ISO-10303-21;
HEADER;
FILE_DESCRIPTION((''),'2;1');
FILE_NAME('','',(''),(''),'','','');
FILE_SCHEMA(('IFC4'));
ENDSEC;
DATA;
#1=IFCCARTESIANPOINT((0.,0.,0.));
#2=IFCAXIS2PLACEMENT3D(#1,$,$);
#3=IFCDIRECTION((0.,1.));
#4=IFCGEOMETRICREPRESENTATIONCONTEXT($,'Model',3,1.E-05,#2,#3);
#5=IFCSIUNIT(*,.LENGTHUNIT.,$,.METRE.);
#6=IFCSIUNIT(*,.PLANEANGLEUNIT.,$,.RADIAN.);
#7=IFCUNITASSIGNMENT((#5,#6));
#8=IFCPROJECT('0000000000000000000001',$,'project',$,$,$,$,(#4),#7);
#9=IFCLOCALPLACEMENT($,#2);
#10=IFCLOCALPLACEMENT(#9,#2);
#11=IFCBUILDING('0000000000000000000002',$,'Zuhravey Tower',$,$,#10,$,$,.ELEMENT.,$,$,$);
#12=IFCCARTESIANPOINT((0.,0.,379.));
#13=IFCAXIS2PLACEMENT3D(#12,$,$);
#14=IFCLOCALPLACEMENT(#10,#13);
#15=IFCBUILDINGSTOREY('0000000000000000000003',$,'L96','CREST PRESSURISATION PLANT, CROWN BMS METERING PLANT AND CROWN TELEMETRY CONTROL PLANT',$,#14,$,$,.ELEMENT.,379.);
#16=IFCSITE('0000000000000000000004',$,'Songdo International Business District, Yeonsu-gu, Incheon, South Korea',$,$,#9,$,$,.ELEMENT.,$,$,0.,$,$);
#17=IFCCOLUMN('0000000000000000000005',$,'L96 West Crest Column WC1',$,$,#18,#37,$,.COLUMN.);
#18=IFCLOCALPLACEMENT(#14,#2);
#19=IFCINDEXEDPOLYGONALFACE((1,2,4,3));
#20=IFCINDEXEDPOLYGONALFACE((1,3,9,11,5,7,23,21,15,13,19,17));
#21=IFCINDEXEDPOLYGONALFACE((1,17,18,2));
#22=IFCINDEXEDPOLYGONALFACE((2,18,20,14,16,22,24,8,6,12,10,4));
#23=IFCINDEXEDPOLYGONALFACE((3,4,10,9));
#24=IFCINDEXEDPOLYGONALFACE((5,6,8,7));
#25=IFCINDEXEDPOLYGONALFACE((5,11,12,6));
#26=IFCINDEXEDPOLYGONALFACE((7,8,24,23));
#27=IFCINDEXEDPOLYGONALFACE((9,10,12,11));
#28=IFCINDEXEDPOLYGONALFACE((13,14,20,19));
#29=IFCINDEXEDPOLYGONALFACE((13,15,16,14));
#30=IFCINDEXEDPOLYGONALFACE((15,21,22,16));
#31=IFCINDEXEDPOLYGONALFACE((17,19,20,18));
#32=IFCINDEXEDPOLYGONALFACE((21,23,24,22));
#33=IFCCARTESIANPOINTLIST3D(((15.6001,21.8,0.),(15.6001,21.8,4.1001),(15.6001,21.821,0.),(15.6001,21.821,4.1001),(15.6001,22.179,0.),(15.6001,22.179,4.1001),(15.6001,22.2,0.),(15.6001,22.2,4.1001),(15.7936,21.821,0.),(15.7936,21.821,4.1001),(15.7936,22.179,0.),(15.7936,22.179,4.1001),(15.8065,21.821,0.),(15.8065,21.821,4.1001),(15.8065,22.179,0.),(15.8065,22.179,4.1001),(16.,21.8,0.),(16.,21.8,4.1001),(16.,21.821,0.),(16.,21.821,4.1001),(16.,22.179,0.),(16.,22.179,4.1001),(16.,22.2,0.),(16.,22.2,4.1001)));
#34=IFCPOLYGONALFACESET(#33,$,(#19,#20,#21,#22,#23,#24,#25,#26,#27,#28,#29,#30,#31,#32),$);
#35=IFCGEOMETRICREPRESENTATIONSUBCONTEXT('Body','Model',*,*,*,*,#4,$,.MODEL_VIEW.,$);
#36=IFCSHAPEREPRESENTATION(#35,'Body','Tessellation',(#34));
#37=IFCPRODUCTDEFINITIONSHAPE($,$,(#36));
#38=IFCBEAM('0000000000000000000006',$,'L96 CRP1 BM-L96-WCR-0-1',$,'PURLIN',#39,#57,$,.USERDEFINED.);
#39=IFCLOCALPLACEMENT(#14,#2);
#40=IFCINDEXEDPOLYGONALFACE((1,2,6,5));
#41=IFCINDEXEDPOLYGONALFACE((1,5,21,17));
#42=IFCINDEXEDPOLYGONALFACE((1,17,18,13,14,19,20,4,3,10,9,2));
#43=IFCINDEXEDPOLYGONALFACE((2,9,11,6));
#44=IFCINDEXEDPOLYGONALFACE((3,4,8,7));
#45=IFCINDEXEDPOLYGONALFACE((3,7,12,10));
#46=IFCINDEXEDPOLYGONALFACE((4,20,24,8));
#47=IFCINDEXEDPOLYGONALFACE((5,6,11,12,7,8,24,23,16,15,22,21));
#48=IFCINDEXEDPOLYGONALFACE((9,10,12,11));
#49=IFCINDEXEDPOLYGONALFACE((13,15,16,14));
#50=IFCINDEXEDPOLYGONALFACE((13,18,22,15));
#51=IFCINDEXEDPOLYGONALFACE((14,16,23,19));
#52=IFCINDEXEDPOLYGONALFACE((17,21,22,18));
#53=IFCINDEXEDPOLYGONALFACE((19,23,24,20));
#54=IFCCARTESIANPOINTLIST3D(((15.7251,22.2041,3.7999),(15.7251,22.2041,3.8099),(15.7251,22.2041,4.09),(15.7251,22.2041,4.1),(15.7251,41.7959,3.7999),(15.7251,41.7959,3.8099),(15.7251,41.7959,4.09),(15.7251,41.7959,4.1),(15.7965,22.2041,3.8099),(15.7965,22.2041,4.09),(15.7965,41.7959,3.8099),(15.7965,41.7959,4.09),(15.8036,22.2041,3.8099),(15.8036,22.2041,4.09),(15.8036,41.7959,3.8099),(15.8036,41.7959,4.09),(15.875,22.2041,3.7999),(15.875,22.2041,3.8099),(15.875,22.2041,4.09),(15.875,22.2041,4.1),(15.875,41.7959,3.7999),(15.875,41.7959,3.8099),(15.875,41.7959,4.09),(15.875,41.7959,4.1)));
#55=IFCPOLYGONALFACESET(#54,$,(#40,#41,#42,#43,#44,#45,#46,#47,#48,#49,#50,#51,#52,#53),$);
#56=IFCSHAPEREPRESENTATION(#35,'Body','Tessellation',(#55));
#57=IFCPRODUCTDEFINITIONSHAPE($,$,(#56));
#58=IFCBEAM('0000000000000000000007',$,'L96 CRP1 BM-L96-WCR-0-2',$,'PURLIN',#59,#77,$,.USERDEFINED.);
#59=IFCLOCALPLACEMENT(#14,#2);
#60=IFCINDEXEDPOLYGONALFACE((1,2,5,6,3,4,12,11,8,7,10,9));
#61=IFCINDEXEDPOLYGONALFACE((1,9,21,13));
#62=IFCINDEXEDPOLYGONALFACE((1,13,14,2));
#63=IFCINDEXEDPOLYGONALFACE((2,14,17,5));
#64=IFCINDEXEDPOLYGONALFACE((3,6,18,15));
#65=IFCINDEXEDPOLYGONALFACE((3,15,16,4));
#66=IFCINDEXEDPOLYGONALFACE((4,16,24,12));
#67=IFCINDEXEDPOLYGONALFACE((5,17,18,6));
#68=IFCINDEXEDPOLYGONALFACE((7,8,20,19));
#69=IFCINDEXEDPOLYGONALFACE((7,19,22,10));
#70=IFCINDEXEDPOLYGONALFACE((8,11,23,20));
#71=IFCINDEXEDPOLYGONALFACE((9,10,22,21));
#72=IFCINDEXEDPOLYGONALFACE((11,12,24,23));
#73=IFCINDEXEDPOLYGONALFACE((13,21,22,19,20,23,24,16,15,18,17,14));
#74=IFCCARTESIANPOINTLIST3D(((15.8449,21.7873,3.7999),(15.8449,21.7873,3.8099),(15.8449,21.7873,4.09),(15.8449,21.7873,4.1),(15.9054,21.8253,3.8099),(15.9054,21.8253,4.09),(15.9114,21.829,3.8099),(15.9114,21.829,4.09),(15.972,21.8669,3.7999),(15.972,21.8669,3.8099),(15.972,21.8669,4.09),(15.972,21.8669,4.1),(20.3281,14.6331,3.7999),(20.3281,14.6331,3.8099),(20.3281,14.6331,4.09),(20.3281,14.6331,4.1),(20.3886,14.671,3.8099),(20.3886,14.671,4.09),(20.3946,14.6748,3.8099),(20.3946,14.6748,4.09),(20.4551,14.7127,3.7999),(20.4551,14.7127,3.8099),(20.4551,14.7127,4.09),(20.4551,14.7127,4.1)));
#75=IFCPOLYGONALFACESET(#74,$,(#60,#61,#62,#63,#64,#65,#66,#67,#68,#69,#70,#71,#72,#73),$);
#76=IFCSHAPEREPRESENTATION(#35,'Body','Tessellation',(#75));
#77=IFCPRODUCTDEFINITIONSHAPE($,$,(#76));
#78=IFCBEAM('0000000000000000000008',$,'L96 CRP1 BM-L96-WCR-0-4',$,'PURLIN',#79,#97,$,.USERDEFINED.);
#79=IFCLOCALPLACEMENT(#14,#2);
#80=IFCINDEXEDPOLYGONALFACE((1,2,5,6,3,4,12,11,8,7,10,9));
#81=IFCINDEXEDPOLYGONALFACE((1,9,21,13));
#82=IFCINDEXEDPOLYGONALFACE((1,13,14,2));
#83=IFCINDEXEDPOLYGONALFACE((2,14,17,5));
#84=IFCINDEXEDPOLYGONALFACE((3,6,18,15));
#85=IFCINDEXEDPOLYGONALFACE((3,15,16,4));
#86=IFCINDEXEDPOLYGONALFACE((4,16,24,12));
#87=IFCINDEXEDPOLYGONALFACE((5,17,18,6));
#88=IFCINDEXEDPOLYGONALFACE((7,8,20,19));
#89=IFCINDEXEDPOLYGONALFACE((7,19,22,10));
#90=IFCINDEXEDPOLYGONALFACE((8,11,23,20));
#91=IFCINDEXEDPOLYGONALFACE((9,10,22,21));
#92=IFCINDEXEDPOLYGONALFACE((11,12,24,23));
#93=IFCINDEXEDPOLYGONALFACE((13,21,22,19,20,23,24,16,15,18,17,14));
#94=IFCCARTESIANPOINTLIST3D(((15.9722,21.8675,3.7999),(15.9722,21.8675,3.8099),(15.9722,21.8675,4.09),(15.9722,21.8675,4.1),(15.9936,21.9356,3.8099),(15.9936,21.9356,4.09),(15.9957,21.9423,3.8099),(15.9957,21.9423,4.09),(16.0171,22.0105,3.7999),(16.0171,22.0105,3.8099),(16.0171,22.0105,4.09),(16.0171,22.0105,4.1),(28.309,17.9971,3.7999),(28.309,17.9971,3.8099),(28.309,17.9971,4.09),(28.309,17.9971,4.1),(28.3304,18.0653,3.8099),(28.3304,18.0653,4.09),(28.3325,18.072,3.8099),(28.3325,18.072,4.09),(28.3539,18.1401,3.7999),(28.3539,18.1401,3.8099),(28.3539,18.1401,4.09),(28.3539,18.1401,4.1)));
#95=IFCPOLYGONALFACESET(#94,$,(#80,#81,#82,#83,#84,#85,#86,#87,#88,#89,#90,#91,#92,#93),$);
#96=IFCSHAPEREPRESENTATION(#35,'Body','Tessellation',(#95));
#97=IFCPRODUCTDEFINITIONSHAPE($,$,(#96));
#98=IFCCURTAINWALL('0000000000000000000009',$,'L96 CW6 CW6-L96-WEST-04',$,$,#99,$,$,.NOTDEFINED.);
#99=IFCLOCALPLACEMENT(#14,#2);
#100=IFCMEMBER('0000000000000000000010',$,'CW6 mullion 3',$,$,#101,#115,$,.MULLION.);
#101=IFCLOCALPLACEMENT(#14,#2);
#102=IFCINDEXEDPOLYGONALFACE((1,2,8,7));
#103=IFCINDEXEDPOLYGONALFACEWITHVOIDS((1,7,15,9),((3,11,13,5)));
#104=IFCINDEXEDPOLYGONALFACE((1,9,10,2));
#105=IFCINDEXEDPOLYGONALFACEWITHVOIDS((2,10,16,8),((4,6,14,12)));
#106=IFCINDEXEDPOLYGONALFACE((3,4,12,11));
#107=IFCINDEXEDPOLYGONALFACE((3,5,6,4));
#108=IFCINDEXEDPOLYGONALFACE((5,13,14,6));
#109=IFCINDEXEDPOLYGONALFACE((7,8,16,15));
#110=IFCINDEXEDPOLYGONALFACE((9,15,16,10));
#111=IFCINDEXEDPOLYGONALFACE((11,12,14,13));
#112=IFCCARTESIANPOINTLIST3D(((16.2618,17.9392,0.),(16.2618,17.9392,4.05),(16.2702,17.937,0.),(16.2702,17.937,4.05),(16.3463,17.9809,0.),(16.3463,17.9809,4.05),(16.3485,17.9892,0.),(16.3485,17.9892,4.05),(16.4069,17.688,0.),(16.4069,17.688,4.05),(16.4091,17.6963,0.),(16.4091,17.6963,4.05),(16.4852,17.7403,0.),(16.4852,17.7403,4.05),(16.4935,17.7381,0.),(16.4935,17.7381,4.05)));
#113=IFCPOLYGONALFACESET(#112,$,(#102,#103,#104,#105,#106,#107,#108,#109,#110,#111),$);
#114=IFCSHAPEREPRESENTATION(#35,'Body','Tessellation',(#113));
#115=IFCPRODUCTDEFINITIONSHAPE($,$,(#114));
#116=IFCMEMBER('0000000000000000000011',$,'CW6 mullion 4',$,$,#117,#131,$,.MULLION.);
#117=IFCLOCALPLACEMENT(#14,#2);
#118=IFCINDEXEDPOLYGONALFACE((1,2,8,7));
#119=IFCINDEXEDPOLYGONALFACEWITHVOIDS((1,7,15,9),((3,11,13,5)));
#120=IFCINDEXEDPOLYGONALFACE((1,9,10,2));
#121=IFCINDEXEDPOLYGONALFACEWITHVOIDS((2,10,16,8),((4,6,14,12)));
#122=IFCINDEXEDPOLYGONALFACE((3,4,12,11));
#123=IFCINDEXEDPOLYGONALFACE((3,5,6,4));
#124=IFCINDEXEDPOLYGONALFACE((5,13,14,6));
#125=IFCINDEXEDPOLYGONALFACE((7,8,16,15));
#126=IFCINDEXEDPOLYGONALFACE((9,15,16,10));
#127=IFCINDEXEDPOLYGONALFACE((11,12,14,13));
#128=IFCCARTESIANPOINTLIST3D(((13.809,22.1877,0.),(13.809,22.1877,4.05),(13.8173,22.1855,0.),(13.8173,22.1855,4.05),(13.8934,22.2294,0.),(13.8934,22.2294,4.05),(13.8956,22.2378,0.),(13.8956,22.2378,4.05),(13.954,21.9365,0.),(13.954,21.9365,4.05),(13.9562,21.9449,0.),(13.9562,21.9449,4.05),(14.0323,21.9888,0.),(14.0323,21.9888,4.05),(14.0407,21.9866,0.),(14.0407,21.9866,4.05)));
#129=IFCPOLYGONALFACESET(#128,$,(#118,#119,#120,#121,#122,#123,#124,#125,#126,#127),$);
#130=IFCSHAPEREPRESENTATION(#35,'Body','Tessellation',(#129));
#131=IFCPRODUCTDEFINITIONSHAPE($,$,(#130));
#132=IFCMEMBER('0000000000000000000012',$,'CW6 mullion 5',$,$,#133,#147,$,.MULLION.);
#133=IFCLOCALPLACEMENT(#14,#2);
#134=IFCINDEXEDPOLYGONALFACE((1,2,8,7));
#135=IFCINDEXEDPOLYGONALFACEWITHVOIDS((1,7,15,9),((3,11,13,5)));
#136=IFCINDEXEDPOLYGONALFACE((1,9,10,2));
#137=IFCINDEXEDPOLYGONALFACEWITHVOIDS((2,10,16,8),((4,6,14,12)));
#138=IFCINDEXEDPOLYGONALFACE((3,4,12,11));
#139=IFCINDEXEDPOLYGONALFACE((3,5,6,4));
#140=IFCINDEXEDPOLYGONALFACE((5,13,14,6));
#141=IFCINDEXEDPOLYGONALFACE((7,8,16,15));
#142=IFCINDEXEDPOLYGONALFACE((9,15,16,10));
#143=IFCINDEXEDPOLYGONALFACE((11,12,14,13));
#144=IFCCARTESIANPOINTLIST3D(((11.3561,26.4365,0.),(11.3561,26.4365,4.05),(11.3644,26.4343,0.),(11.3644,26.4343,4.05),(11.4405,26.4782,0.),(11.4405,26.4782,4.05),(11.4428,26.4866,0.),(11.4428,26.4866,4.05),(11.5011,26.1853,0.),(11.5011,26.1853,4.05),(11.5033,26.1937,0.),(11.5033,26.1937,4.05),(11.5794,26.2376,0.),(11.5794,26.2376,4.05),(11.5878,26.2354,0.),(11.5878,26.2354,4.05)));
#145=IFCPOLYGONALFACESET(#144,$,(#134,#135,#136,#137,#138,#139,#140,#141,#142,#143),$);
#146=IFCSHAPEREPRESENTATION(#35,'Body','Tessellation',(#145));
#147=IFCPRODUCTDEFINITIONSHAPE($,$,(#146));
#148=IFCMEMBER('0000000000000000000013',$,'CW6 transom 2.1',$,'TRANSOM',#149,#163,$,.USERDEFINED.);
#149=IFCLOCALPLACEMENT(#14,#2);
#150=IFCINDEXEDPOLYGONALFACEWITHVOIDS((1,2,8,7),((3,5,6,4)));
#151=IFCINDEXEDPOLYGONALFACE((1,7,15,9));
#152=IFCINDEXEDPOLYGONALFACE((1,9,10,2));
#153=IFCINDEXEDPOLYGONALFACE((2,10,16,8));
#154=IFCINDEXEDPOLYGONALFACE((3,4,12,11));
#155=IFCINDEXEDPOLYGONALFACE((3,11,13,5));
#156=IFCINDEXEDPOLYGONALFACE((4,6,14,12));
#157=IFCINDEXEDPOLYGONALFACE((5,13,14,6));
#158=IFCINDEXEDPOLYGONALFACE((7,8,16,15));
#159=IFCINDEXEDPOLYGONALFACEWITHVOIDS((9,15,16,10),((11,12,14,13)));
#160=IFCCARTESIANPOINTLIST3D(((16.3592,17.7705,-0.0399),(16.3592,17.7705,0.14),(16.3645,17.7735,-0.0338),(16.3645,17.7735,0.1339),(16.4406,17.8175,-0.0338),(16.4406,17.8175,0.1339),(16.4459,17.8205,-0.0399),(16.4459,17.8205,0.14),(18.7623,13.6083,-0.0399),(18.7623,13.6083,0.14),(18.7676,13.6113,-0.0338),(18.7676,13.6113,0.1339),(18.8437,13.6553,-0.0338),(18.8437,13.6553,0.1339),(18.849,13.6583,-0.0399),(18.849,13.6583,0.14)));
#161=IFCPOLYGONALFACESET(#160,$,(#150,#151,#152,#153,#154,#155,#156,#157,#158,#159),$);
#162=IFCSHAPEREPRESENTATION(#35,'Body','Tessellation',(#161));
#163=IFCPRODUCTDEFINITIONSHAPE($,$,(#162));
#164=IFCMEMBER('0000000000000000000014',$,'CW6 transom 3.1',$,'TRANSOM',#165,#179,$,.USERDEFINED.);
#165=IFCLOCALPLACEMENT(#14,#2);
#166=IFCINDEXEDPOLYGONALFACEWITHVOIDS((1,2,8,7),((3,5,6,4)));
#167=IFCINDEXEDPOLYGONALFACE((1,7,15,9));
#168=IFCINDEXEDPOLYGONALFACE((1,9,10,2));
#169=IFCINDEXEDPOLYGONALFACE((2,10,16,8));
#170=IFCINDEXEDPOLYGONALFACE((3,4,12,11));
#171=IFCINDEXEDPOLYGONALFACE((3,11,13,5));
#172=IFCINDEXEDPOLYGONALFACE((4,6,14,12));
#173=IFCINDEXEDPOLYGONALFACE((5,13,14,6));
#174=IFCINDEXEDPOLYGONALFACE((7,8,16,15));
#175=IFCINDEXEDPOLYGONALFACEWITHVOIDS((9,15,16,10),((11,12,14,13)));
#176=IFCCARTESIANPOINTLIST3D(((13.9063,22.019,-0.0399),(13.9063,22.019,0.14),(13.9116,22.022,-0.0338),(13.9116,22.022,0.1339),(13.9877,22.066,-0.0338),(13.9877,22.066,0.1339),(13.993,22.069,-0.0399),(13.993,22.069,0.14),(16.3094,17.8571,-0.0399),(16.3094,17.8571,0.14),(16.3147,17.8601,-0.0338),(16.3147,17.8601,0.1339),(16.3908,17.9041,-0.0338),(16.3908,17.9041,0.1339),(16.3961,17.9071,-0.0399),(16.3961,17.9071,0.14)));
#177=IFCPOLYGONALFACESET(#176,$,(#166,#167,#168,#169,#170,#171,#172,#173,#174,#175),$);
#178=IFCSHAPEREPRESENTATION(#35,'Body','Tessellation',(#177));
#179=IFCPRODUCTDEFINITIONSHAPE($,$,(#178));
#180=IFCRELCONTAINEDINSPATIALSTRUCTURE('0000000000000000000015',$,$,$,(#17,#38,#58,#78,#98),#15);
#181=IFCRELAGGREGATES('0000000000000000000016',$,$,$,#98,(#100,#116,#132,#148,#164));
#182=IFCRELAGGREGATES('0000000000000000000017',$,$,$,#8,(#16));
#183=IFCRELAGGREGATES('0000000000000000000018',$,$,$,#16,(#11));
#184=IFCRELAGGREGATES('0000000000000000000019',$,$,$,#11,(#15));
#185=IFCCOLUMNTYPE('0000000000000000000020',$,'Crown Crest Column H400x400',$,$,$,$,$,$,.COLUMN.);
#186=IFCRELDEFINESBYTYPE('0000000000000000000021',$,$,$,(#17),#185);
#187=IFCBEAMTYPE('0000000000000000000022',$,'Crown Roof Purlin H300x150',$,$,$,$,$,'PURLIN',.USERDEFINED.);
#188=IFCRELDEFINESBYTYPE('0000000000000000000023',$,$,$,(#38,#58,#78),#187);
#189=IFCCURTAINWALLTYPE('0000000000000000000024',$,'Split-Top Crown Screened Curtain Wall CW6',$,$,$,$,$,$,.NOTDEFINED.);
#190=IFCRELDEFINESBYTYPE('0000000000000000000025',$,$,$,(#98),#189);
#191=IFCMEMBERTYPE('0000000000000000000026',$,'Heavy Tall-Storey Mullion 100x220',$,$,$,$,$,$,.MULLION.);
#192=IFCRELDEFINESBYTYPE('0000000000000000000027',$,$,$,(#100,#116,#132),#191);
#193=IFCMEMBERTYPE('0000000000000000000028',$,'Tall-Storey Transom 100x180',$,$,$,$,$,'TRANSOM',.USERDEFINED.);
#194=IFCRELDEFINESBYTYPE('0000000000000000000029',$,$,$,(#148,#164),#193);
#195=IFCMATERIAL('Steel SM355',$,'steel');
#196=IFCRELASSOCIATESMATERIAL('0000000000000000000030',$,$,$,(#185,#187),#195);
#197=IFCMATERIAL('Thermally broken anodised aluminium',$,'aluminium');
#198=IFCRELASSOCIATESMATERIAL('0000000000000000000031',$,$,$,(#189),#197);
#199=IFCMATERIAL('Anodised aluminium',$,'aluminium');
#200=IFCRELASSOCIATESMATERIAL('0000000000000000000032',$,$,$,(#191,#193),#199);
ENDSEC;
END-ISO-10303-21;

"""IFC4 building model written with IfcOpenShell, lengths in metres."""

from ifc_helpers import new_model, si_unit, direction, frame, origin, origin_2d, place, context, subcontext, project, spatial, hollow_rectangle, i_section, extrude, material, material_profile, profile_set, type_object, element, aggregate, save


model = new_model("IFC4")

# Units and contexts
model_context = context("Model", 3, precision=1e-05, world=origin(), true_north=direction((0.0, 1.0)))
body_context = subcontext(model_context, "Body", "Model", "MODEL_VIEW")
ifc_project = project(units=[si_unit("LENGTHUNIT", "METRE"), si_unit("PLANEANGLEUNIT", "RADIAN")], contexts=[model_context])

# Site, building, storey
site_placement = place(None, origin())
site = spatial("IfcSite", under=ifc_project, at=site_placement, Name="Songdo International Business District, Yeonsu-gu, Incheon, South Korea", CompositionType="ELEMENT", RefElevation=0.0)
building_placement = place(site_placement, origin())
building = spatial("IfcBuilding", under=site, at=building_placement, Name="Zuhravey Tower", CompositionType="ELEMENT")
storey_placement = place(building_placement, frame((0.0, 0.0, 379.0)))
storey = spatial("IfcBuildingStorey", under=building, at=storey_placement, Name="L96", Description="CREST PRESSURISATION PLANT, CROWN BMS METERING PLANT AND CROWN TELEMETRY CONTROL PLANT", CompositionType="ELEMENT", Elevation=379.0)

# Column
ifc_material_1 = material(Name="Steel SM355", Category="steel")
ifc_material_profile_1 = material_profile(ifc_material_1, i_section(OverallWidth=0.3999, OverallDepth=0.3999, WebThickness=0.0129, FlangeThickness=0.021, at=origin_2d()), Name="H-400x400x13x21")
ifc_profile_set_1 = profile_set([ifc_material_profile_1], Name="Steel SM355")
column_type = type_object("IfcColumnType", Name="Crown Crest Column H400x400", PredefinedType="COLUMN", material=ifc_profile_set_1)
column_placement = place(storey_placement, frame((15.8, 22.0, 0.0), z_axis=(0.0, 0.0, 1.0), x_axis=(1.0, 0.0, 0.0)))
element("IfcColumn", 1, at=column_placement, inside=storey, type_object=column_type, Name="L96 West Crest Column WC1", PredefinedType="COLUMN", context=body_context, shape_type="SweptSolid", body=[
    extrude(i_section(OverallWidth=0.3999, OverallDepth=0.3999, WebThickness=0.0129, FlangeThickness=0.021, at=origin_2d()), origin(), (0.0, 0.0, 1.0), 4.1001),
])

# Beams
ifc_material_profile_2 = material_profile(ifc_material_1, i_section(OverallWidth=0.1499, OverallDepth=0.3, WebThickness=0.0071, FlangeThickness=0.01, at=origin_2d()), Name="H-300x150x7x10")
ifc_profile_set_2 = profile_set([ifc_material_profile_2], Name="Steel SM355")
beam_type = type_object("IfcBeamType", Name="Crown Roof Purlin H300x150", ElementType="PURLIN", PredefinedType="USERDEFINED", material=ifc_profile_set_2)
beam_1_placement = place(storey_placement, frame((15.8, 22.2041, 3.95), z_axis=(0.0, 1.0, 0.0), x_axis=(-1.0, 0.0, 0.0)))
element("IfcBeam", 2, at=beam_1_placement, inside=storey, type_object=beam_type, Name="L96 CRP1 BM-L96-WCR-0-1", ObjectType="PURLIN", PredefinedType="USERDEFINED", context=body_context, shape_type="SweptSolid", body=[
    extrude(i_section(OverallWidth=0.1499, OverallDepth=0.3, WebThickness=0.0071, FlangeThickness=0.01, at=origin_2d()), origin(), (0.0, 0.0, 1.0), 19.5918),
])
beam_2_placement = place(storey_placement, frame((15.9084, 21.8271, 3.95), z_axis=(0.530997, -0.847374, 0.0), x_axis=(0.847374, 0.530997, 0.0)))
element("IfcBeam", 3, at=beam_2_placement, inside=storey, type_object=beam_type, Name="L96 CRP1 BM-L96-WCR-0-2", ObjectType="PURLIN", PredefinedType="USERDEFINED", context=body_context, shape_type="SweptSolid", body=[
    extrude(i_section(OverallWidth=0.1499, OverallDepth=0.3, WebThickness=0.0071, FlangeThickness=0.01, at=origin_2d()), origin(), (0.0, 0.0, 1.0), 8.4429),
])
beam_3_placement = place(storey_placement, frame((15.9946, 21.939, 3.95), z_axis=(0.954147, -0.299337, 0.0), x_axis=(0.299337, 0.954147, 0.0)))
element("IfcBeam", 4, at=beam_3_placement, inside=storey, type_object=beam_type, Name="L96 CRP1 BM-L96-WCR-0-4", ObjectType="PURLIN", PredefinedType="USERDEFINED", context=body_context, shape_type="SweptSolid", body=[
    extrude(i_section(OverallWidth=0.1499, OverallDepth=0.3, WebThickness=0.0071, FlangeThickness=0.01, at=origin_2d()), origin(), (0.0, 0.0, 1.0), 12.9297),
])

# Curtain wall, members
ifc_material_2 = material(Name="Thermally broken anodised aluminium", Category="aluminium")
curtain_wall_type = type_object("IfcCurtainWallType", Name="Split-Top Crown Screened Curtain Wall CW6", PredefinedType="NOTDEFINED", material=ifc_material_2)
curtain_wall_placement = place(storey_placement, origin())
curtain_wall = element("IfcCurtainWall", 5, at=curtain_wall_placement, inside=storey, type_object=curtain_wall_type, Name="L96 CW6 CW6-L96-WEST-04", PredefinedType="NOTDEFINED")
ifc_material_3 = material(Name="Anodised aluminium", Category="aluminium")
ifc_material_profile_3 = material_profile(ifc_material_3, hollow_rectangle(XDim=0.1001, YDim=0.29, WallThickness=0.0061, at=origin_2d()), Name="ALU-RHS-100x290x6")
ifc_profile_set_3 = profile_set([ifc_material_profile_3], Name="Anodised aluminium")
member_type_1 = type_object("IfcMemberType", Name="Heavy Tall-Storey Mullion 100x220", PredefinedType="MULLION", material=ifc_profile_set_3)
member_1_placement = place(storey_placement, frame((16.3777, 17.8386, 0.0), z_axis=(0.0, 0.0, 1.0), x_axis=(-0.866027, -0.499997, 0.0)))
member_1 = element("IfcMember", 6, at=member_1_placement, type_object=member_type_1, Name="CW6 mullion 3", PredefinedType="MULLION", context=body_context, shape_type="SweptSolid", body=[
    extrude(hollow_rectangle(XDim=0.1001, YDim=0.29, WallThickness=0.0061, at=origin_2d()), origin(), (0.0, 0.0, 1.0), 4.05),
])
member_2_placement = place(storey_placement, frame((13.9248, 22.0872, 0.0), z_axis=(0.0, 0.0, 1.0), x_axis=(-0.866027, -0.499997, 0.0)))
member_2 = element("IfcMember", 7, at=member_2_placement, type_object=member_type_1, Name="CW6 mullion 4", PredefinedType="MULLION", context=body_context, shape_type="SweptSolid", body=[
    extrude(hollow_rectangle(XDim=0.1001, YDim=0.29, WallThickness=0.0061, at=origin_2d()), origin(), (0.0, 0.0, 1.0), 4.05),
])
member_3_placement = place(storey_placement, frame((11.4719, 26.3359, 0.0), z_axis=(0.0, 0.0, 1.0), x_axis=(-0.866027, -0.499997, 0.0)))
member_3 = element("IfcMember", 8, at=member_3_placement, type_object=member_type_1, Name="CW6 mullion 5", PredefinedType="MULLION", context=body_context, shape_type="SweptSolid", body=[
    extrude(hollow_rectangle(XDim=0.1001, YDim=0.29, WallThickness=0.0061, at=origin_2d()), origin(), (0.0, 0.0, 1.0), 4.05),
])
ifc_material_profile_4 = material_profile(ifc_material_3, hollow_rectangle(XDim=0.1001, YDim=0.1799, WallThickness=0.0061, at=origin_2d()), Name="ALU-RHS-100x180x6")
ifc_profile_set_4 = profile_set([ifc_material_profile_4], Name="Anodised aluminium")
member_type_2 = type_object("IfcMemberType", Name="Tall-Storey Transom 100x180", ElementType="TRANSOM", PredefinedType="USERDEFINED", material=ifc_profile_set_4)
member_4_placement = place(storey_placement, frame((18.8057, 13.6333, 0.05), z_axis=(-0.500013, 0.866018, 0.0), x_axis=(-0.866018, -0.500013, 0.0)))
member_4 = element("IfcMember", 9, at=member_4_placement, type_object=member_type_2, Name="CW6 transom 2.1", ObjectType="TRANSOM", PredefinedType="USERDEFINED", context=body_context, shape_type="SweptSolid", body=[
    extrude(hollow_rectangle(XDim=0.1001, YDim=0.1799, WallThickness=0.0061, at=origin_2d()), origin(), (0.0, 0.0, 1.0), 4.8062),
])
member_5_placement = place(storey_placement, frame((16.3528, 17.8821, 0.05), z_axis=(-0.500035, 0.866005, 0.0), x_axis=(-0.866005, -0.500035, 0.0)))
member_5 = element("IfcMember", 10, at=member_5_placement, type_object=member_type_2, Name="CW6 transom 3.1", ObjectType="TRANSOM", PredefinedType="USERDEFINED", context=body_context, shape_type="SweptSolid", body=[
    extrude(hollow_rectangle(XDim=0.1001, YDim=0.1799, WallThickness=0.0061, at=origin_2d()), origin(), (0.0, 0.0, 1.0), 4.8059),
])

aggregate(curtain_wall, [member_1, member_2, member_3, member_4, member_5])

save(model, "model.ifc")
